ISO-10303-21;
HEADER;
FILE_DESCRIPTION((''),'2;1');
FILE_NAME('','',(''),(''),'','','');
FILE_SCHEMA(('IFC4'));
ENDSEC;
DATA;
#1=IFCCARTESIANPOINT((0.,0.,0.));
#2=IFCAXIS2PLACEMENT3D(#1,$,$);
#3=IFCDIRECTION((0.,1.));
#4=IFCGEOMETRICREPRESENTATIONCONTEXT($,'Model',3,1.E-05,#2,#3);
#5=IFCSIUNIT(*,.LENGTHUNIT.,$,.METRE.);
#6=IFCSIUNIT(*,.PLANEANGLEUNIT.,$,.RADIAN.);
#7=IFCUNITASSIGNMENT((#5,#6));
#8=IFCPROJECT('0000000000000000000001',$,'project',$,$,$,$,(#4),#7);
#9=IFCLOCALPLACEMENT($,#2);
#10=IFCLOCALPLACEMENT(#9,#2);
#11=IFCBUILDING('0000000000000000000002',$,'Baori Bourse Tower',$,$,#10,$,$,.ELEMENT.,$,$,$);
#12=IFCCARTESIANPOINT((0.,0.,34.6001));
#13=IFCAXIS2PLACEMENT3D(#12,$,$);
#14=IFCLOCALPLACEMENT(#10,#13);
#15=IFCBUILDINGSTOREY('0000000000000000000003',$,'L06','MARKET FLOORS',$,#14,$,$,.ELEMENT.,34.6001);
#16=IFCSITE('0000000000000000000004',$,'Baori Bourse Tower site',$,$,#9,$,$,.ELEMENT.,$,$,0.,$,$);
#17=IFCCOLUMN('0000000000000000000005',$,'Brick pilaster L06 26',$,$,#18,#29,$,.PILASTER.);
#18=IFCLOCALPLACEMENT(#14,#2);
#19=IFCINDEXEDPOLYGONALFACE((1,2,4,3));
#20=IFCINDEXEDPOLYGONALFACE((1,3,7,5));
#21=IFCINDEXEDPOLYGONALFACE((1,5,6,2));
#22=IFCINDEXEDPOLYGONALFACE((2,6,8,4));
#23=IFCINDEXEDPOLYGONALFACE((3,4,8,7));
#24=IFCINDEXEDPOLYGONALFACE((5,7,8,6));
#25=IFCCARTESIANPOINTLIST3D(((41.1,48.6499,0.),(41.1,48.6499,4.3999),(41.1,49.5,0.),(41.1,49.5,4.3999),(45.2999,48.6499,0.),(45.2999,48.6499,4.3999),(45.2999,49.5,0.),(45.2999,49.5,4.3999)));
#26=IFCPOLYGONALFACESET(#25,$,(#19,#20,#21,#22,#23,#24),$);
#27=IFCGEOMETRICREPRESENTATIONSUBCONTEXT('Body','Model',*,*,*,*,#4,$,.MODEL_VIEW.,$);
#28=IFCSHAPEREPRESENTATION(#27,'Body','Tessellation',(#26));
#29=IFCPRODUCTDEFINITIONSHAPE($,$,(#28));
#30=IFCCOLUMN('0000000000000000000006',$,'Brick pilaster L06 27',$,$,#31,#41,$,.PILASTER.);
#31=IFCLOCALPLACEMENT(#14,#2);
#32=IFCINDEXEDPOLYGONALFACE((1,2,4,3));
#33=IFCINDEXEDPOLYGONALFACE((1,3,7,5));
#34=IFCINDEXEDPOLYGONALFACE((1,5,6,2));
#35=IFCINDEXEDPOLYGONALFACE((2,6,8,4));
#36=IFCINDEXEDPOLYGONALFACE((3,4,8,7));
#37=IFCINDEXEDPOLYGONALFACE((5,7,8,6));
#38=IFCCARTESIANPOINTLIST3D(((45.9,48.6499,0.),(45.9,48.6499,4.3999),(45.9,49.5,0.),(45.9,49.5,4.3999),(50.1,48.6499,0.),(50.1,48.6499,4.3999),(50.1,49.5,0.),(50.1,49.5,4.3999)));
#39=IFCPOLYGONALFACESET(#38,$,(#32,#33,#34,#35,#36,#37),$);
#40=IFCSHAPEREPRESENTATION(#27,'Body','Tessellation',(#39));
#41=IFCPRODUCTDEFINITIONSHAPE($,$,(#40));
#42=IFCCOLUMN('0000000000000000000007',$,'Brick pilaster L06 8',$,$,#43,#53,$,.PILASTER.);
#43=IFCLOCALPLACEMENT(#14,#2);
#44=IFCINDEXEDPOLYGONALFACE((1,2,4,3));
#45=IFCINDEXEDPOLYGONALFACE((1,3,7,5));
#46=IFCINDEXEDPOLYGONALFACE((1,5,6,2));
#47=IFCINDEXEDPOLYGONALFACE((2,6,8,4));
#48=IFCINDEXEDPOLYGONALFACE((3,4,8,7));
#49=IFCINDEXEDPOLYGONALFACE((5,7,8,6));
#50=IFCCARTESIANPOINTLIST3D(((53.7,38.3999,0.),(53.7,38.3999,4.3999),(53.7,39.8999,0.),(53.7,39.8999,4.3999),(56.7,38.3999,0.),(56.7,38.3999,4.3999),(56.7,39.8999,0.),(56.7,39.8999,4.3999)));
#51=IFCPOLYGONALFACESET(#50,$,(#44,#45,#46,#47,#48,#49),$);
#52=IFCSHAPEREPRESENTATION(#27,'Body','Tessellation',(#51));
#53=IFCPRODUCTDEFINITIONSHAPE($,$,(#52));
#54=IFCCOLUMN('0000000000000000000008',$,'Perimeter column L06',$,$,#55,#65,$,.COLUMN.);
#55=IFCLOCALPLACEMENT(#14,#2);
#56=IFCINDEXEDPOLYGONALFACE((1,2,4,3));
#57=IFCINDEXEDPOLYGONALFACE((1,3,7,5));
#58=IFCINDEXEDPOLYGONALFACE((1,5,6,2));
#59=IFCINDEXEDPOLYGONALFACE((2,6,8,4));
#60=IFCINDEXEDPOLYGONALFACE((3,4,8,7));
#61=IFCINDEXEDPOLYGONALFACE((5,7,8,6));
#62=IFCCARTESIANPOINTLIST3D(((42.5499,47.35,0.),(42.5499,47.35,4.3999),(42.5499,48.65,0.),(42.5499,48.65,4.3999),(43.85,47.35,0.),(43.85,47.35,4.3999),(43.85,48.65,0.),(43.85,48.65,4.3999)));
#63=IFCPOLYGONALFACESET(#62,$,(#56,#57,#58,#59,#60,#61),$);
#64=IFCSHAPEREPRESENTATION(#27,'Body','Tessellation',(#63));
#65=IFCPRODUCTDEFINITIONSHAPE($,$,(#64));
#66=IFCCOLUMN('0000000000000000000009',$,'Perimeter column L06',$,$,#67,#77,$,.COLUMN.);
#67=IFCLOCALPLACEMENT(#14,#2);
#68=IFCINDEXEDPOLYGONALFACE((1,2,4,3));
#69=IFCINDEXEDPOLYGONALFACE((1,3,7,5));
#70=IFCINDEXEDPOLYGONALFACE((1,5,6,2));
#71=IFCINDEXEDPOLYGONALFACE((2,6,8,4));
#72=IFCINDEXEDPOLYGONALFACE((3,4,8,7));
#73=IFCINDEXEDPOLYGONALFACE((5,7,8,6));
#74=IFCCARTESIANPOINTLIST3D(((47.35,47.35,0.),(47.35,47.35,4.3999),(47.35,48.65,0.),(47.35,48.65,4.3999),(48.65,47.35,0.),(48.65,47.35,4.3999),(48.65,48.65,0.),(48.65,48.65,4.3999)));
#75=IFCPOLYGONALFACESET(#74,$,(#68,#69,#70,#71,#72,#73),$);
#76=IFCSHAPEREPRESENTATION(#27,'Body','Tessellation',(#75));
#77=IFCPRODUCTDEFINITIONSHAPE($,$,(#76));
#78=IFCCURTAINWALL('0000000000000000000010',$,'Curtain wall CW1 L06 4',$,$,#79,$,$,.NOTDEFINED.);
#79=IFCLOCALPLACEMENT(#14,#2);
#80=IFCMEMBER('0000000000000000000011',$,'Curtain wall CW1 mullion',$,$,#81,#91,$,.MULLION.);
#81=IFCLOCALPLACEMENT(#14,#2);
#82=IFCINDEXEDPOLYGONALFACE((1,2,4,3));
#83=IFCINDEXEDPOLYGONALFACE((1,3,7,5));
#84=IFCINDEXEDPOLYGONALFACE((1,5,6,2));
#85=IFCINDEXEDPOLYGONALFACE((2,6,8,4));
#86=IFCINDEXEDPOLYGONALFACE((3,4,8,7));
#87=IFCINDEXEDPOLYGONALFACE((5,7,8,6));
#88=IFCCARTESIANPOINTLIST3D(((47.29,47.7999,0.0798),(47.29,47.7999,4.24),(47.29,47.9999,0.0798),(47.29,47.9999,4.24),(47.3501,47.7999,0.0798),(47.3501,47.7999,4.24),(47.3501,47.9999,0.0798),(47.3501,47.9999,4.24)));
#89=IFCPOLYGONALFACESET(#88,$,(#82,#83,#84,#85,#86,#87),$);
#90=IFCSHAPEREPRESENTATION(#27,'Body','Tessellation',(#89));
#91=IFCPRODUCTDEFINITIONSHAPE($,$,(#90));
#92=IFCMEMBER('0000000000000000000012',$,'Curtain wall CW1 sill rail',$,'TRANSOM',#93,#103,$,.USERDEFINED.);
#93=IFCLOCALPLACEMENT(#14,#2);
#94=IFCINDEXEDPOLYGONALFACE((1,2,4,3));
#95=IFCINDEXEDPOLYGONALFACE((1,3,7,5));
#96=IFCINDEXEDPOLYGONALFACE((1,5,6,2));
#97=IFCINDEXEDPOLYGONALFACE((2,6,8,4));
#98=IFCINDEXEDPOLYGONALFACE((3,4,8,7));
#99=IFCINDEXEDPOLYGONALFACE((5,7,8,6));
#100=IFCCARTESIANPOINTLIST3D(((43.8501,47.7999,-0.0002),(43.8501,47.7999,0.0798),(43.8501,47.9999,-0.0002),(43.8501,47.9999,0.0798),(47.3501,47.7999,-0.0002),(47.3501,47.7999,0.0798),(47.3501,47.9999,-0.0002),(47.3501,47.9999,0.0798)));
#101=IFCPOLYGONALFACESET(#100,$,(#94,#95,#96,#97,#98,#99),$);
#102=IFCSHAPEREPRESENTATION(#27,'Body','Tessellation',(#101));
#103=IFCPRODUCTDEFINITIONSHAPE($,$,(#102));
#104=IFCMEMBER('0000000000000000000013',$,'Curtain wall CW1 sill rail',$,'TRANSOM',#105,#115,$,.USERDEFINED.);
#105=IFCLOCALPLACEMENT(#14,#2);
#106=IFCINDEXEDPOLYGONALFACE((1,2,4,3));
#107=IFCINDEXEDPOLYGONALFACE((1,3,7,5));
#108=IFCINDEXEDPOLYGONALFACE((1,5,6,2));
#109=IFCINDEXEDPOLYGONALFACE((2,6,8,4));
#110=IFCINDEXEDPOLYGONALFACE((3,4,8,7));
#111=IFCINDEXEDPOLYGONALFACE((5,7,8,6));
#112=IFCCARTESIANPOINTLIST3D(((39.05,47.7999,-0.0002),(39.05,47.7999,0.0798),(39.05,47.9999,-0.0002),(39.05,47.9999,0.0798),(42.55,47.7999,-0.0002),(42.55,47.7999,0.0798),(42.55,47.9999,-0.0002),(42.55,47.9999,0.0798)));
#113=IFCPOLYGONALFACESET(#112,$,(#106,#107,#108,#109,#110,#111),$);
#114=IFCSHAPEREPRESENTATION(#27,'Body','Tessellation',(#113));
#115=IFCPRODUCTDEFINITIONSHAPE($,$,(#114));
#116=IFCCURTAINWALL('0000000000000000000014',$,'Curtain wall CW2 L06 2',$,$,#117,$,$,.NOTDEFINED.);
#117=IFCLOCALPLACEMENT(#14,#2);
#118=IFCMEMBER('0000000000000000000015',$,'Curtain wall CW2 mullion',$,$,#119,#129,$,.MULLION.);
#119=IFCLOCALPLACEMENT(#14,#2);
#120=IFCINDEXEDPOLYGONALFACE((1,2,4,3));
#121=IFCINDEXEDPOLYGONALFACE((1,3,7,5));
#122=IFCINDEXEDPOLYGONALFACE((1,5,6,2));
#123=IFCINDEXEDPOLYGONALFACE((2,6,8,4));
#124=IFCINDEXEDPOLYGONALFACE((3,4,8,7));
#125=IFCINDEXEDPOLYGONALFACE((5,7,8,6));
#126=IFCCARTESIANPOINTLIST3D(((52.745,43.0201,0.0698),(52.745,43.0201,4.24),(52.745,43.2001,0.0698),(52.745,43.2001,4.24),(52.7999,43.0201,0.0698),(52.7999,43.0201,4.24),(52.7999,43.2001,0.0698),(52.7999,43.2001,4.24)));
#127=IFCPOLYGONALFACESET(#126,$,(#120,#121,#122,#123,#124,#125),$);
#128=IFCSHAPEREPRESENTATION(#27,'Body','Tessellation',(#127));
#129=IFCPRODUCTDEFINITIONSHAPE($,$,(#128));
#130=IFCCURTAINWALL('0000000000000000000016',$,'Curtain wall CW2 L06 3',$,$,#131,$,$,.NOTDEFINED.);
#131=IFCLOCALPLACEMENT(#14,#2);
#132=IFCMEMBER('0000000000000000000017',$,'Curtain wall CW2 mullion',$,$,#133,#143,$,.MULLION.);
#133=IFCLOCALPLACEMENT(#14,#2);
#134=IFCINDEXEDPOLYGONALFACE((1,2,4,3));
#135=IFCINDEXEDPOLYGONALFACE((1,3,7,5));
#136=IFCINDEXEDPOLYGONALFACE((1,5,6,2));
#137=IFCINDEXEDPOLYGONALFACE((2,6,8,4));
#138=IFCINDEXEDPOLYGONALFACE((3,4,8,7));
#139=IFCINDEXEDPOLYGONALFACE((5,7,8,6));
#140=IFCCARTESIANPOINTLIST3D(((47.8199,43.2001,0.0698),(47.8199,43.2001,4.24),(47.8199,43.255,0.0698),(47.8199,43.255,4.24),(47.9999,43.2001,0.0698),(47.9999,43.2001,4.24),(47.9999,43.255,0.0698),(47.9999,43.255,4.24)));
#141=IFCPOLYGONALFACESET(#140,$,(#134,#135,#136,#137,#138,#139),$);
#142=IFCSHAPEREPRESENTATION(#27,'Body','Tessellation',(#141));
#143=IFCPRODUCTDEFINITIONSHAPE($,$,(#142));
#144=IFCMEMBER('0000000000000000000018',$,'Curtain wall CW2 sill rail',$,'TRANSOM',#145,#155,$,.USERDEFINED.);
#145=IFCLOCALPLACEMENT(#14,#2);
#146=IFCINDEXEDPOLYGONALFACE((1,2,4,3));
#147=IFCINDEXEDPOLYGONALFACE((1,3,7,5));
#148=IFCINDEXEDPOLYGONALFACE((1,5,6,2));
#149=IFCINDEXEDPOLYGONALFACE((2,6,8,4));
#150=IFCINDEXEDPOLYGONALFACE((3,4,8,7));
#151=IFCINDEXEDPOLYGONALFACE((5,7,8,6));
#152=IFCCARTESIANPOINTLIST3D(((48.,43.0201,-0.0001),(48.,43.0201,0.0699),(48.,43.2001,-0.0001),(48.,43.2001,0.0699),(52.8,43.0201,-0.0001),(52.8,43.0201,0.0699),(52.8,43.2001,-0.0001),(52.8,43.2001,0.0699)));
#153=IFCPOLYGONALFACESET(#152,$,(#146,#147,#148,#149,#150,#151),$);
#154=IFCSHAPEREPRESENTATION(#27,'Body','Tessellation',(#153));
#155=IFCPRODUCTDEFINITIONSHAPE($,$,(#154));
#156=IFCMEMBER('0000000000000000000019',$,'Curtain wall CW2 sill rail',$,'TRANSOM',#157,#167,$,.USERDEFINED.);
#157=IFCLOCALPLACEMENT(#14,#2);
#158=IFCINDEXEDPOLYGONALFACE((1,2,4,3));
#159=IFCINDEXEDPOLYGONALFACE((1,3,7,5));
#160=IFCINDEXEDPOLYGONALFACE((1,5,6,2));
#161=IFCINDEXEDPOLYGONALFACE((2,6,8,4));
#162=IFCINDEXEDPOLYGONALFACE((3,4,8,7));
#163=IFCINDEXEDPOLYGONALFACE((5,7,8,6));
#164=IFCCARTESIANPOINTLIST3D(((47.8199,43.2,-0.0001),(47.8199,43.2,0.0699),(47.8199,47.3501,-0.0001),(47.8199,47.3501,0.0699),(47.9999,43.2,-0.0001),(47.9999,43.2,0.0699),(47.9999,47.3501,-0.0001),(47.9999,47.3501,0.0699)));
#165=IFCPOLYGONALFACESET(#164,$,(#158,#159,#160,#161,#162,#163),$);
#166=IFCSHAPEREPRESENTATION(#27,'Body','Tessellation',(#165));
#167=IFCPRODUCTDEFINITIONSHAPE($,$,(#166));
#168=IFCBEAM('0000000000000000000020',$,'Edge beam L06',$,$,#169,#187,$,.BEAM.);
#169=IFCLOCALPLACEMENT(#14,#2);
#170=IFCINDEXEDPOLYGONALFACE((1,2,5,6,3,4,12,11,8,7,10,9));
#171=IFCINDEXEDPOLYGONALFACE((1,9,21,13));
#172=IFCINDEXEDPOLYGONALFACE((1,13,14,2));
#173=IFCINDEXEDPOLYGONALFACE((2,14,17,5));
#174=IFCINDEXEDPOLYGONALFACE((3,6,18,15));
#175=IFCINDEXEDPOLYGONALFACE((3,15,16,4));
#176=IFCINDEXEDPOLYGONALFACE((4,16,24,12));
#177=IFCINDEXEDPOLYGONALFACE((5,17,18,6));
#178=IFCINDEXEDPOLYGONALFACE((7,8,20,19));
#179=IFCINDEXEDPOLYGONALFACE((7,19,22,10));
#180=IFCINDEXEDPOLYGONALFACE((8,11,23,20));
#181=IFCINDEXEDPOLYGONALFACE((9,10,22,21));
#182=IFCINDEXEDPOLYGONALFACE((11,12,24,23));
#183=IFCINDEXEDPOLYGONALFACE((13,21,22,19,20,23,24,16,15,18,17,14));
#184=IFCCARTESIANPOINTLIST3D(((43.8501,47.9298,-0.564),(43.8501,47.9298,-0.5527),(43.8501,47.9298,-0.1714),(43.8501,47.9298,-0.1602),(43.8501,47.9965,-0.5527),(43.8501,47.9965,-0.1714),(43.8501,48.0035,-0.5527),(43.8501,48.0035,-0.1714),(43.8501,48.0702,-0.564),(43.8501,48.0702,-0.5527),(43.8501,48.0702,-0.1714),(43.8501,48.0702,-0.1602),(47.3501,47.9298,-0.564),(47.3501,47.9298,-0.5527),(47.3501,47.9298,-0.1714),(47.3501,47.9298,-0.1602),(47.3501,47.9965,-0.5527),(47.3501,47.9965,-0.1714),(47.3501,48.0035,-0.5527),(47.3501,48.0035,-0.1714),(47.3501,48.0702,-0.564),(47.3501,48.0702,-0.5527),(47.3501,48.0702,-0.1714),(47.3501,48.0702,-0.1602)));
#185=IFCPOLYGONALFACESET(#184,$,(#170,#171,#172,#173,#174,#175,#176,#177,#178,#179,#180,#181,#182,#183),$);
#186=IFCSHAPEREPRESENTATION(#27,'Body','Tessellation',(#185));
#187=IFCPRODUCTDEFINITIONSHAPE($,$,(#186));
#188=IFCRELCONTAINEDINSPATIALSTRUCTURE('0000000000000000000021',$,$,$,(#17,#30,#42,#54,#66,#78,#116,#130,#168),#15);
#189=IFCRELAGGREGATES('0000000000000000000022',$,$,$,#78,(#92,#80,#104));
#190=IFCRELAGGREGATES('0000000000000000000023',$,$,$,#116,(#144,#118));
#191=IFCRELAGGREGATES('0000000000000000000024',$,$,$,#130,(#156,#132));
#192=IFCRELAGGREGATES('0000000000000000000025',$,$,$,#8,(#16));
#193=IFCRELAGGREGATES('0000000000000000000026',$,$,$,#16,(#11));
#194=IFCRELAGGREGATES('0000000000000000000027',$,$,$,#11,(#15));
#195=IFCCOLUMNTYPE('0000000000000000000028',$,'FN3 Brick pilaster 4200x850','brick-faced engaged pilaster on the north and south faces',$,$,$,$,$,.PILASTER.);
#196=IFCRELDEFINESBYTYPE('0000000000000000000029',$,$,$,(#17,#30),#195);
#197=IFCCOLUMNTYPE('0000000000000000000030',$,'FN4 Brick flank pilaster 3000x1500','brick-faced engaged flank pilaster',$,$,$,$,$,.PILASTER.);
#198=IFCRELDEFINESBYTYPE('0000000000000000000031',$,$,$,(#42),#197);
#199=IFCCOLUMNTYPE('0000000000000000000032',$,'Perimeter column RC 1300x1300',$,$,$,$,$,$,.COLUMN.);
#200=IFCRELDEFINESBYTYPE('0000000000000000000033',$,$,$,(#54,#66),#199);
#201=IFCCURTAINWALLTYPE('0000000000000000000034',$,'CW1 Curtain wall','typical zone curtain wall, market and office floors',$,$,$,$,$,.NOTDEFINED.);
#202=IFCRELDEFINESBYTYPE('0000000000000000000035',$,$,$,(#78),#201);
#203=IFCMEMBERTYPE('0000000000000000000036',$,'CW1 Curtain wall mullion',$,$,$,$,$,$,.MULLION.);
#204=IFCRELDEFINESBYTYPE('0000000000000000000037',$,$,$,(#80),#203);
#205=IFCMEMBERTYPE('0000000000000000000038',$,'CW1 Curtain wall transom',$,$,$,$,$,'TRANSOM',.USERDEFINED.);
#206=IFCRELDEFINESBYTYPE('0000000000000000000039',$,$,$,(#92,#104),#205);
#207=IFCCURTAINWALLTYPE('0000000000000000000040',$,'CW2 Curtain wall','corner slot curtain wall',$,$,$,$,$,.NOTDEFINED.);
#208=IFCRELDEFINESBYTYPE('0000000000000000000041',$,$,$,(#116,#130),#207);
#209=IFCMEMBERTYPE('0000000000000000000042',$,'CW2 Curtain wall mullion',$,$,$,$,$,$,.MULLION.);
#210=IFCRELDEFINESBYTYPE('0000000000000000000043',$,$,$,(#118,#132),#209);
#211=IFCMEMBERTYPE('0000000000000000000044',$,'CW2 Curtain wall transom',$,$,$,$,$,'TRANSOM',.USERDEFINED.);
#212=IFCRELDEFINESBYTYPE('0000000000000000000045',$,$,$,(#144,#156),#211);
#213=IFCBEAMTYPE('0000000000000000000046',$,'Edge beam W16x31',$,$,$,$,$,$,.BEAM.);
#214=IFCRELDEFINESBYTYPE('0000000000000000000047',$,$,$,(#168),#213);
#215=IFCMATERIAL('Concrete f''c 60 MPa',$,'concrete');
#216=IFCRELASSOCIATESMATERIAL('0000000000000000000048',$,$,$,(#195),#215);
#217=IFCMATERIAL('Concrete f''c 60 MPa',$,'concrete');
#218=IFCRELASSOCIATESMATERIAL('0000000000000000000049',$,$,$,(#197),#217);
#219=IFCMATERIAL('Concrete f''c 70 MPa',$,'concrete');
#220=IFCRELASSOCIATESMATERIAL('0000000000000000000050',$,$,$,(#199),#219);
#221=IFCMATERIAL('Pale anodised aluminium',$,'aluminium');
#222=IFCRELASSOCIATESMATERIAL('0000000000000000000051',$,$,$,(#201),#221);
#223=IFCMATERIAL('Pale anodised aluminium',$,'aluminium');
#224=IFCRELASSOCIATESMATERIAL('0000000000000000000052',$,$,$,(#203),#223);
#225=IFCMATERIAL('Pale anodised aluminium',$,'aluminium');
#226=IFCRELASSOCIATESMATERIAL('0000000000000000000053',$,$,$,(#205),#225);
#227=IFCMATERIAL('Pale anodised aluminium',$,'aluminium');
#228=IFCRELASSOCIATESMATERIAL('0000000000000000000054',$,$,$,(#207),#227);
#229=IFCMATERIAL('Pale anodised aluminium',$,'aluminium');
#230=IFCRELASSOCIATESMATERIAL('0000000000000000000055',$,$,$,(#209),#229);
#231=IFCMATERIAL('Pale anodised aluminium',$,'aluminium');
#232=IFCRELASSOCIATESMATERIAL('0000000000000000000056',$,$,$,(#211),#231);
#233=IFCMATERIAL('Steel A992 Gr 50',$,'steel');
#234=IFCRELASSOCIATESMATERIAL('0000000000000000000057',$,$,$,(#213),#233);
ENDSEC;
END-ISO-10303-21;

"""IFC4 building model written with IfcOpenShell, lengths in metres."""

from ifc_helpers import new_model, si_unit, direction, frame, origin, origin_2d, place, context, subcontext, project, spatial, rectangle, i_section, extrude, material, material_profile, profile_set, type_object, element, aggregate, save


model = new_model("IFC4")

# Units and contexts
model_context = context("Model", 3, precision=1e-05, world=origin(), true_north=direction((0.0, 1.0)))
body_context = subcontext(model_context, "Body", "Model", "MODEL_VIEW")
ifc_project = project(units=[si_unit("LENGTHUNIT", "METRE"), si_unit("PLANEANGLEUNIT", "RADIAN")], contexts=[model_context])

# Site, building, storey
site_placement = place(None, origin())
site = spatial("IfcSite", under=ifc_project, at=site_placement, Name="Baori Bourse Tower site", CompositionType="ELEMENT", RefElevation=0.0)
building_placement = place(site_placement, origin())
building = spatial("IfcBuilding", under=site, at=building_placement, Name="Baori Bourse Tower", CompositionType="ELEMENT")
storey_placement = place(building_placement, frame((0.0, 0.0, 34.6001)))
storey = spatial("IfcBuildingStorey", under=building, at=storey_placement, Name="L06", Description="MARKET FLOORS", CompositionType="ELEMENT", Elevation=34.6001)

# Columns
ifc_material_1 = material(Name="Concrete f'c 60 MPa", Category="concrete")
ifc_material_profile_1 = material_profile(ifc_material_1, rectangle(XDim=4.2, YDim=0.8501, at=origin_2d()), Name="RC 4200x850")
ifc_profile_set_1 = profile_set([ifc_material_profile_1], Name="Concrete f'c 60 MPa")
column_type_1 = type_object("IfcColumnType", Name="FN3 Brick pilaster 4200x850", Description="brick-faced engaged pilaster on the north and south faces", PredefinedType="PILASTER", material=ifc_profile_set_1)
for number, where, z_axis, x_axis, name in (
    (1, (43.2, 49.075, 0.0), (0.0, 0.0, 1.0), (1.0, 0.0, 0.0), "Brick pilaster L06 26"),
    (2, (48.0, 49.075, 0.0), (0.0, 0.0, 1.0), (1.0, 0.0, 0.0), "Brick pilaster L06 27"),
):
    element("IfcColumn", number, at=place(storey_placement, frame(where, z_axis=z_axis, x_axis=x_axis)), inside=storey, type_object=column_type_1, Name=name, PredefinedType="PILASTER", context=body_context, shape_type="SweptSolid", body=[
        extrude(rectangle(XDim=4.2, YDim=0.8501, at=origin_2d()), origin(), (0.0, 0.0, 1.0), 4.3999),
    ])
ifc_material_2 = material(Name="Concrete f'c 60 MPa", Category="concrete")
ifc_material_profile_2 = material_profile(ifc_material_2, rectangle(XDim=3.0, YDim=1.5, at=origin_2d()), Name="RC 3000x1500")
ifc_profile_set_2 = profile_set([ifc_material_profile_2], Name="Concrete f'c 60 MPa")
column_type_2 = type_object("IfcColumnType", Name="FN4 Brick flank pilaster 3000x1500", Description="brick-faced engaged flank pilaster", PredefinedType="PILASTER", material=ifc_profile_set_2)
column_placement = place(storey_placement, frame((55.2, 39.1499, 0.0), z_axis=(0.0, 0.0, 1.0), x_axis=(1.0, 0.0, 0.0)))
element("IfcColumn", 3, at=column_placement, inside=storey, type_object=column_type_2, Name="Brick pilaster L06 8", PredefinedType="PILASTER", context=body_context, shape_type="SweptSolid", body=[
    extrude(rectangle(XDim=3.0, YDim=1.5, at=origin_2d()), origin(), (0.0, 0.0, 1.0), 4.3999),
])
ifc_material_3 = material(Name="Concrete f'c 70 MPa", Category="concrete")
ifc_material_profile_3 = material_profile(ifc_material_3, rectangle(XDim=1.3, YDim=1.3, at=origin_2d()), Name="RC 1300x1300")
ifc_profile_set_3 = profile_set([ifc_material_profile_3], Name="Concrete f'c 70 MPa")
column_type_3 = type_object("IfcColumnType", Name="Perimeter column RC 1300x1300", PredefinedType="COLUMN", material=ifc_profile_set_3)
for number, where, z_axis, x_axis, name in (
    (4, (43.2, 48.0, 0.0), (0.0, 0.0, 1.0), (1.0, 0.0, 0.0), "Perimeter column L06"),
    (5, (48.0, 48.0, 0.0), (0.0, 0.0, 1.0), (1.0, 0.0, 0.0), "Perimeter column L06"),
):
    element("IfcColumn", number, at=place(storey_placement, frame(where, z_axis=z_axis, x_axis=x_axis)), inside=storey, type_object=column_type_3, Name=name, PredefinedType="COLUMN", context=body_context, shape_type="SweptSolid", body=[
        extrude(rectangle(XDim=1.3, YDim=1.3, at=origin_2d()), origin(), (0.0, 0.0, 1.0), 4.3999),
    ])

# Curtain wall, members
ifc_material_4 = material(Name="Pale anodised aluminium", Category="aluminium")
curtain_wall_type_1 = type_object("IfcCurtainWallType", Name="CW1 Curtain wall", Description="typical zone curtain wall, market and office floors", PredefinedType="NOTDEFINED", material=ifc_material_4)
curtain_wall_1_placement = place(storey_placement, origin())
curtain_wall_1 = element("IfcCurtainWall", 6, at=curtain_wall_1_placement, inside=storey, type_object=curtain_wall_type_1, Name="Curtain wall CW1 L06 4", PredefinedType="NOTDEFINED")
ifc_material_5 = material(Name="Pale anodised aluminium", Category="aluminium")
ifc_material_profile_4 = material_profile(ifc_material_5, rectangle(XDim=0.2, YDim=0.0601, at=origin_2d()), Name="Mullion 60x200")
ifc_profile_set_4 = profile_set([ifc_material_profile_4], Name="Pale anodised aluminium")
member_type_1 = type_object("IfcMemberType", Name="CW1 Curtain wall mullion", PredefinedType="MULLION", material=ifc_profile_set_4)
member_1_placement = place(storey_placement, frame((47.3201, 47.8999, 0.0798), z_axis=(0.0, 0.0, 1.0), x_axis=(0.0, -1.0, 0.0)))
member_1 = element("IfcMember", 7, at=member_1_placement, type_object=member_type_1, Name="Curtain wall CW1 mullion", PredefinedType="MULLION", context=body_context, shape_type="SweptSolid", body=[
    extrude(rectangle(XDim=0.2, YDim=0.0601, at=origin_2d()), origin(), (0.0, 0.0, 1.0), 4.1602),
])
ifc_material_6 = material(Name="Pale anodised aluminium", Category="aluminium")
ifc_material_profile_5 = material_profile(ifc_material_6, rectangle(XDim=0.2, YDim=0.0801, at=origin_2d()), Name="Transom 80x200")
ifc_profile_set_5 = profile_set([ifc_material_profile_5], Name="Pale anodised aluminium")
member_type_2 = type_object("IfcMemberType", Name="CW1 Curtain wall transom", ElementType="TRANSOM", PredefinedType="USERDEFINED", material=ifc_profile_set_5)
member_2_placement = place(storey_placement, frame((47.3501, 47.8999, 0.0398), z_axis=(-1.0, 0.0, 0.0), x_axis=(0.0, -1.0, 0.0)))
member_2 = element("IfcMember", 8, at=member_2_placement, type_object=member_type_2, Name="Curtain wall CW1 sill rail", ObjectType="TRANSOM", PredefinedType="USERDEFINED", context=body_context, shape_type="SweptSolid", body=[
    extrude(rectangle(XDim=0.2, YDim=0.0801, at=origin_2d()), origin(), (0.0, 0.0, 1.0), 3.5),
])
member_3_placement = place(storey_placement, frame((42.55, 47.8999, 0.0398), z_axis=(-1.0, 0.0, 0.0), x_axis=(0.0, -1.0, 0.0)))
member_3 = element("IfcMember", 9, at=member_3_placement, type_object=member_type_2, Name="Curtain wall CW1 sill rail", ObjectType="TRANSOM", PredefinedType="USERDEFINED", context=body_context, shape_type="SweptSolid", body=[
    extrude(rectangle(XDim=0.2, YDim=0.0801, at=origin_2d()), origin(), (0.0, 0.0, 1.0), 3.5),
])

# Curtain walls, members
ifc_material_7 = material(Name="Pale anodised aluminium", Category="aluminium")
curtain_wall_type_2 = type_object("IfcCurtainWallType", Name="CW2 Curtain wall", Description="corner slot curtain wall", PredefinedType="NOTDEFINED", material=ifc_material_7)
curtain_wall_2_placement = place(storey_placement, origin())
curtain_wall_2 = element("IfcCurtainWall", 10, at=curtain_wall_2_placement, inside=storey, type_object=curtain_wall_type_2, Name="Curtain wall CW2 L06 2", PredefinedType="NOTDEFINED")
ifc_material_8 = material(Name="Pale anodised aluminium", Category="aluminium")
ifc_material_profile_6 = material_profile(ifc_material_8, rectangle(XDim=0.1799, YDim=0.0549, at=origin_2d()), Name="Mullion 55x180")
ifc_profile_set_6 = profile_set([ifc_material_profile_6], Name="Pale anodised aluminium")
member_type_3 = type_object("IfcMemberType", Name="CW2 Curtain wall mullion", PredefinedType="MULLION", material=ifc_profile_set_6)
member_4_placement = place(storey_placement, frame((52.7725, 43.1101, 0.0698), z_axis=(0.0, 0.0, 1.0), x_axis=(0.0, -1.0, 0.0)))
member_4 = element("IfcMember", 11, at=member_4_placement, type_object=member_type_3, Name="Curtain wall CW2 mullion", PredefinedType="MULLION", context=body_context, shape_type="SweptSolid", body=[
    extrude(rectangle(XDim=0.1799, YDim=0.0549, at=origin_2d()), origin(), (0.0, 0.0, 1.0), 4.1702),
])
curtain_wall_3_placement = place(storey_placement, origin())
curtain_wall_3 = element("IfcCurtainWall", 12, at=curtain_wall_3_placement, inside=storey, type_object=curtain_wall_type_2, Name="Curtain wall CW2 L06 3", PredefinedType="NOTDEFINED")
member_5_placement = place(storey_placement, frame((47.9099, 43.2275, 0.0698), z_axis=(0.0, 0.0, 1.0), x_axis=(-1.0, 0.0, 0.0)))
member_5 = element("IfcMember", 13, at=member_5_placement, type_object=member_type_3, Name="Curtain wall CW2 mullion", PredefinedType="MULLION", context=body_context, shape_type="SweptSolid", body=[
    extrude(rectangle(XDim=0.1799, YDim=0.0549, at=origin_2d()), origin(), (0.0, 0.0, 1.0), 4.1702),
])

# Members
ifc_material_9 = material(Name="Pale anodised aluminium", Category="aluminium")
ifc_material_profile_7 = material_profile(ifc_material_9, rectangle(XDim=0.1799, YDim=0.0701, at=origin_2d()), Name="Transom 70x180")
ifc_profile_set_7 = profile_set([ifc_material_profile_7], Name="Pale anodised aluminium")
member_type_4 = type_object("IfcMemberType", Name="CW2 Curtain wall transom", ElementType="TRANSOM", PredefinedType="USERDEFINED", material=ifc_profile_set_7)
member_6_placement = place(storey_placement, frame((52.8, 43.1101, 0.0349), z_axis=(-1.0, 0.0, 0.0), x_axis=(0.0, -1.0, 0.0)))
member_6 = element("IfcMember", 14, at=member_6_placement, type_object=member_type_4, Name="Curtain wall CW2 sill rail", ObjectType="TRANSOM", PredefinedType="USERDEFINED", context=body_context, shape_type="SweptSolid", body=[
    extrude(rectangle(XDim=0.1799, YDim=0.0701, at=origin_2d()), origin(), (0.0, 0.0, 1.0), 4.8),
])
member_7_placement = place(storey_placement, frame((47.9099, 43.2, 0.0349), z_axis=(0.0, 1.0, 0.0), x_axis=(-1.0, 0.0, 0.0)))
member_7 = element("IfcMember", 15, at=member_7_placement, type_object=member_type_4, Name="Curtain wall CW2 sill rail", ObjectType="TRANSOM", PredefinedType="USERDEFINED", context=body_context, shape_type="SweptSolid", body=[
    extrude(rectangle(XDim=0.1799, YDim=0.0701, at=origin_2d()), origin(), (0.0, 0.0, 1.0), 4.1501),
])

# Beam
ifc_material_10 = material(Name="Steel A992 Gr 50", Category="steel")
ifc_material_profile_8 = material_profile(ifc_material_10, i_section(OverallWidth=0.1404, OverallDepth=0.4038, WebThickness=0.0071, FlangeThickness=0.0112, at=origin_2d()), Name="W16x31")
ifc_profile_set_8 = profile_set([ifc_material_profile_8], Name="Steel A992 Gr 50")
beam_type_1 = type_object("IfcBeamType", Name="Edge beam W16x31", PredefinedType="BEAM", material=ifc_profile_set_8)
beam_1_placement = place(storey_placement, frame((43.8501, 48.0, -0.3621), z_axis=(1.0, 0.0, 0.0), x_axis=(0.0, 1.0, 0.0)))
element("IfcBeam", 16, at=beam_1_placement, inside=storey, type_object=beam_type_1, Name="Edge beam L06", PredefinedType="BEAM", context=body_context, shape_type="SweptSolid", body=[
    extrude(i_section(OverallWidth=0.1404, OverallDepth=0.4038, WebThickness=0.0071, FlangeThickness=0.0112, at=origin_2d()), origin(), (0.0, 0.0, 1.0), 3.5),
])

aggregate(curtain_wall_1, [member_2, member_1, member_3])

aggregate(curtain_wall_2, [member_6, member_4])
aggregate(curtain_wall_3, [member_7, member_5])

save(model, "model.ifc")
